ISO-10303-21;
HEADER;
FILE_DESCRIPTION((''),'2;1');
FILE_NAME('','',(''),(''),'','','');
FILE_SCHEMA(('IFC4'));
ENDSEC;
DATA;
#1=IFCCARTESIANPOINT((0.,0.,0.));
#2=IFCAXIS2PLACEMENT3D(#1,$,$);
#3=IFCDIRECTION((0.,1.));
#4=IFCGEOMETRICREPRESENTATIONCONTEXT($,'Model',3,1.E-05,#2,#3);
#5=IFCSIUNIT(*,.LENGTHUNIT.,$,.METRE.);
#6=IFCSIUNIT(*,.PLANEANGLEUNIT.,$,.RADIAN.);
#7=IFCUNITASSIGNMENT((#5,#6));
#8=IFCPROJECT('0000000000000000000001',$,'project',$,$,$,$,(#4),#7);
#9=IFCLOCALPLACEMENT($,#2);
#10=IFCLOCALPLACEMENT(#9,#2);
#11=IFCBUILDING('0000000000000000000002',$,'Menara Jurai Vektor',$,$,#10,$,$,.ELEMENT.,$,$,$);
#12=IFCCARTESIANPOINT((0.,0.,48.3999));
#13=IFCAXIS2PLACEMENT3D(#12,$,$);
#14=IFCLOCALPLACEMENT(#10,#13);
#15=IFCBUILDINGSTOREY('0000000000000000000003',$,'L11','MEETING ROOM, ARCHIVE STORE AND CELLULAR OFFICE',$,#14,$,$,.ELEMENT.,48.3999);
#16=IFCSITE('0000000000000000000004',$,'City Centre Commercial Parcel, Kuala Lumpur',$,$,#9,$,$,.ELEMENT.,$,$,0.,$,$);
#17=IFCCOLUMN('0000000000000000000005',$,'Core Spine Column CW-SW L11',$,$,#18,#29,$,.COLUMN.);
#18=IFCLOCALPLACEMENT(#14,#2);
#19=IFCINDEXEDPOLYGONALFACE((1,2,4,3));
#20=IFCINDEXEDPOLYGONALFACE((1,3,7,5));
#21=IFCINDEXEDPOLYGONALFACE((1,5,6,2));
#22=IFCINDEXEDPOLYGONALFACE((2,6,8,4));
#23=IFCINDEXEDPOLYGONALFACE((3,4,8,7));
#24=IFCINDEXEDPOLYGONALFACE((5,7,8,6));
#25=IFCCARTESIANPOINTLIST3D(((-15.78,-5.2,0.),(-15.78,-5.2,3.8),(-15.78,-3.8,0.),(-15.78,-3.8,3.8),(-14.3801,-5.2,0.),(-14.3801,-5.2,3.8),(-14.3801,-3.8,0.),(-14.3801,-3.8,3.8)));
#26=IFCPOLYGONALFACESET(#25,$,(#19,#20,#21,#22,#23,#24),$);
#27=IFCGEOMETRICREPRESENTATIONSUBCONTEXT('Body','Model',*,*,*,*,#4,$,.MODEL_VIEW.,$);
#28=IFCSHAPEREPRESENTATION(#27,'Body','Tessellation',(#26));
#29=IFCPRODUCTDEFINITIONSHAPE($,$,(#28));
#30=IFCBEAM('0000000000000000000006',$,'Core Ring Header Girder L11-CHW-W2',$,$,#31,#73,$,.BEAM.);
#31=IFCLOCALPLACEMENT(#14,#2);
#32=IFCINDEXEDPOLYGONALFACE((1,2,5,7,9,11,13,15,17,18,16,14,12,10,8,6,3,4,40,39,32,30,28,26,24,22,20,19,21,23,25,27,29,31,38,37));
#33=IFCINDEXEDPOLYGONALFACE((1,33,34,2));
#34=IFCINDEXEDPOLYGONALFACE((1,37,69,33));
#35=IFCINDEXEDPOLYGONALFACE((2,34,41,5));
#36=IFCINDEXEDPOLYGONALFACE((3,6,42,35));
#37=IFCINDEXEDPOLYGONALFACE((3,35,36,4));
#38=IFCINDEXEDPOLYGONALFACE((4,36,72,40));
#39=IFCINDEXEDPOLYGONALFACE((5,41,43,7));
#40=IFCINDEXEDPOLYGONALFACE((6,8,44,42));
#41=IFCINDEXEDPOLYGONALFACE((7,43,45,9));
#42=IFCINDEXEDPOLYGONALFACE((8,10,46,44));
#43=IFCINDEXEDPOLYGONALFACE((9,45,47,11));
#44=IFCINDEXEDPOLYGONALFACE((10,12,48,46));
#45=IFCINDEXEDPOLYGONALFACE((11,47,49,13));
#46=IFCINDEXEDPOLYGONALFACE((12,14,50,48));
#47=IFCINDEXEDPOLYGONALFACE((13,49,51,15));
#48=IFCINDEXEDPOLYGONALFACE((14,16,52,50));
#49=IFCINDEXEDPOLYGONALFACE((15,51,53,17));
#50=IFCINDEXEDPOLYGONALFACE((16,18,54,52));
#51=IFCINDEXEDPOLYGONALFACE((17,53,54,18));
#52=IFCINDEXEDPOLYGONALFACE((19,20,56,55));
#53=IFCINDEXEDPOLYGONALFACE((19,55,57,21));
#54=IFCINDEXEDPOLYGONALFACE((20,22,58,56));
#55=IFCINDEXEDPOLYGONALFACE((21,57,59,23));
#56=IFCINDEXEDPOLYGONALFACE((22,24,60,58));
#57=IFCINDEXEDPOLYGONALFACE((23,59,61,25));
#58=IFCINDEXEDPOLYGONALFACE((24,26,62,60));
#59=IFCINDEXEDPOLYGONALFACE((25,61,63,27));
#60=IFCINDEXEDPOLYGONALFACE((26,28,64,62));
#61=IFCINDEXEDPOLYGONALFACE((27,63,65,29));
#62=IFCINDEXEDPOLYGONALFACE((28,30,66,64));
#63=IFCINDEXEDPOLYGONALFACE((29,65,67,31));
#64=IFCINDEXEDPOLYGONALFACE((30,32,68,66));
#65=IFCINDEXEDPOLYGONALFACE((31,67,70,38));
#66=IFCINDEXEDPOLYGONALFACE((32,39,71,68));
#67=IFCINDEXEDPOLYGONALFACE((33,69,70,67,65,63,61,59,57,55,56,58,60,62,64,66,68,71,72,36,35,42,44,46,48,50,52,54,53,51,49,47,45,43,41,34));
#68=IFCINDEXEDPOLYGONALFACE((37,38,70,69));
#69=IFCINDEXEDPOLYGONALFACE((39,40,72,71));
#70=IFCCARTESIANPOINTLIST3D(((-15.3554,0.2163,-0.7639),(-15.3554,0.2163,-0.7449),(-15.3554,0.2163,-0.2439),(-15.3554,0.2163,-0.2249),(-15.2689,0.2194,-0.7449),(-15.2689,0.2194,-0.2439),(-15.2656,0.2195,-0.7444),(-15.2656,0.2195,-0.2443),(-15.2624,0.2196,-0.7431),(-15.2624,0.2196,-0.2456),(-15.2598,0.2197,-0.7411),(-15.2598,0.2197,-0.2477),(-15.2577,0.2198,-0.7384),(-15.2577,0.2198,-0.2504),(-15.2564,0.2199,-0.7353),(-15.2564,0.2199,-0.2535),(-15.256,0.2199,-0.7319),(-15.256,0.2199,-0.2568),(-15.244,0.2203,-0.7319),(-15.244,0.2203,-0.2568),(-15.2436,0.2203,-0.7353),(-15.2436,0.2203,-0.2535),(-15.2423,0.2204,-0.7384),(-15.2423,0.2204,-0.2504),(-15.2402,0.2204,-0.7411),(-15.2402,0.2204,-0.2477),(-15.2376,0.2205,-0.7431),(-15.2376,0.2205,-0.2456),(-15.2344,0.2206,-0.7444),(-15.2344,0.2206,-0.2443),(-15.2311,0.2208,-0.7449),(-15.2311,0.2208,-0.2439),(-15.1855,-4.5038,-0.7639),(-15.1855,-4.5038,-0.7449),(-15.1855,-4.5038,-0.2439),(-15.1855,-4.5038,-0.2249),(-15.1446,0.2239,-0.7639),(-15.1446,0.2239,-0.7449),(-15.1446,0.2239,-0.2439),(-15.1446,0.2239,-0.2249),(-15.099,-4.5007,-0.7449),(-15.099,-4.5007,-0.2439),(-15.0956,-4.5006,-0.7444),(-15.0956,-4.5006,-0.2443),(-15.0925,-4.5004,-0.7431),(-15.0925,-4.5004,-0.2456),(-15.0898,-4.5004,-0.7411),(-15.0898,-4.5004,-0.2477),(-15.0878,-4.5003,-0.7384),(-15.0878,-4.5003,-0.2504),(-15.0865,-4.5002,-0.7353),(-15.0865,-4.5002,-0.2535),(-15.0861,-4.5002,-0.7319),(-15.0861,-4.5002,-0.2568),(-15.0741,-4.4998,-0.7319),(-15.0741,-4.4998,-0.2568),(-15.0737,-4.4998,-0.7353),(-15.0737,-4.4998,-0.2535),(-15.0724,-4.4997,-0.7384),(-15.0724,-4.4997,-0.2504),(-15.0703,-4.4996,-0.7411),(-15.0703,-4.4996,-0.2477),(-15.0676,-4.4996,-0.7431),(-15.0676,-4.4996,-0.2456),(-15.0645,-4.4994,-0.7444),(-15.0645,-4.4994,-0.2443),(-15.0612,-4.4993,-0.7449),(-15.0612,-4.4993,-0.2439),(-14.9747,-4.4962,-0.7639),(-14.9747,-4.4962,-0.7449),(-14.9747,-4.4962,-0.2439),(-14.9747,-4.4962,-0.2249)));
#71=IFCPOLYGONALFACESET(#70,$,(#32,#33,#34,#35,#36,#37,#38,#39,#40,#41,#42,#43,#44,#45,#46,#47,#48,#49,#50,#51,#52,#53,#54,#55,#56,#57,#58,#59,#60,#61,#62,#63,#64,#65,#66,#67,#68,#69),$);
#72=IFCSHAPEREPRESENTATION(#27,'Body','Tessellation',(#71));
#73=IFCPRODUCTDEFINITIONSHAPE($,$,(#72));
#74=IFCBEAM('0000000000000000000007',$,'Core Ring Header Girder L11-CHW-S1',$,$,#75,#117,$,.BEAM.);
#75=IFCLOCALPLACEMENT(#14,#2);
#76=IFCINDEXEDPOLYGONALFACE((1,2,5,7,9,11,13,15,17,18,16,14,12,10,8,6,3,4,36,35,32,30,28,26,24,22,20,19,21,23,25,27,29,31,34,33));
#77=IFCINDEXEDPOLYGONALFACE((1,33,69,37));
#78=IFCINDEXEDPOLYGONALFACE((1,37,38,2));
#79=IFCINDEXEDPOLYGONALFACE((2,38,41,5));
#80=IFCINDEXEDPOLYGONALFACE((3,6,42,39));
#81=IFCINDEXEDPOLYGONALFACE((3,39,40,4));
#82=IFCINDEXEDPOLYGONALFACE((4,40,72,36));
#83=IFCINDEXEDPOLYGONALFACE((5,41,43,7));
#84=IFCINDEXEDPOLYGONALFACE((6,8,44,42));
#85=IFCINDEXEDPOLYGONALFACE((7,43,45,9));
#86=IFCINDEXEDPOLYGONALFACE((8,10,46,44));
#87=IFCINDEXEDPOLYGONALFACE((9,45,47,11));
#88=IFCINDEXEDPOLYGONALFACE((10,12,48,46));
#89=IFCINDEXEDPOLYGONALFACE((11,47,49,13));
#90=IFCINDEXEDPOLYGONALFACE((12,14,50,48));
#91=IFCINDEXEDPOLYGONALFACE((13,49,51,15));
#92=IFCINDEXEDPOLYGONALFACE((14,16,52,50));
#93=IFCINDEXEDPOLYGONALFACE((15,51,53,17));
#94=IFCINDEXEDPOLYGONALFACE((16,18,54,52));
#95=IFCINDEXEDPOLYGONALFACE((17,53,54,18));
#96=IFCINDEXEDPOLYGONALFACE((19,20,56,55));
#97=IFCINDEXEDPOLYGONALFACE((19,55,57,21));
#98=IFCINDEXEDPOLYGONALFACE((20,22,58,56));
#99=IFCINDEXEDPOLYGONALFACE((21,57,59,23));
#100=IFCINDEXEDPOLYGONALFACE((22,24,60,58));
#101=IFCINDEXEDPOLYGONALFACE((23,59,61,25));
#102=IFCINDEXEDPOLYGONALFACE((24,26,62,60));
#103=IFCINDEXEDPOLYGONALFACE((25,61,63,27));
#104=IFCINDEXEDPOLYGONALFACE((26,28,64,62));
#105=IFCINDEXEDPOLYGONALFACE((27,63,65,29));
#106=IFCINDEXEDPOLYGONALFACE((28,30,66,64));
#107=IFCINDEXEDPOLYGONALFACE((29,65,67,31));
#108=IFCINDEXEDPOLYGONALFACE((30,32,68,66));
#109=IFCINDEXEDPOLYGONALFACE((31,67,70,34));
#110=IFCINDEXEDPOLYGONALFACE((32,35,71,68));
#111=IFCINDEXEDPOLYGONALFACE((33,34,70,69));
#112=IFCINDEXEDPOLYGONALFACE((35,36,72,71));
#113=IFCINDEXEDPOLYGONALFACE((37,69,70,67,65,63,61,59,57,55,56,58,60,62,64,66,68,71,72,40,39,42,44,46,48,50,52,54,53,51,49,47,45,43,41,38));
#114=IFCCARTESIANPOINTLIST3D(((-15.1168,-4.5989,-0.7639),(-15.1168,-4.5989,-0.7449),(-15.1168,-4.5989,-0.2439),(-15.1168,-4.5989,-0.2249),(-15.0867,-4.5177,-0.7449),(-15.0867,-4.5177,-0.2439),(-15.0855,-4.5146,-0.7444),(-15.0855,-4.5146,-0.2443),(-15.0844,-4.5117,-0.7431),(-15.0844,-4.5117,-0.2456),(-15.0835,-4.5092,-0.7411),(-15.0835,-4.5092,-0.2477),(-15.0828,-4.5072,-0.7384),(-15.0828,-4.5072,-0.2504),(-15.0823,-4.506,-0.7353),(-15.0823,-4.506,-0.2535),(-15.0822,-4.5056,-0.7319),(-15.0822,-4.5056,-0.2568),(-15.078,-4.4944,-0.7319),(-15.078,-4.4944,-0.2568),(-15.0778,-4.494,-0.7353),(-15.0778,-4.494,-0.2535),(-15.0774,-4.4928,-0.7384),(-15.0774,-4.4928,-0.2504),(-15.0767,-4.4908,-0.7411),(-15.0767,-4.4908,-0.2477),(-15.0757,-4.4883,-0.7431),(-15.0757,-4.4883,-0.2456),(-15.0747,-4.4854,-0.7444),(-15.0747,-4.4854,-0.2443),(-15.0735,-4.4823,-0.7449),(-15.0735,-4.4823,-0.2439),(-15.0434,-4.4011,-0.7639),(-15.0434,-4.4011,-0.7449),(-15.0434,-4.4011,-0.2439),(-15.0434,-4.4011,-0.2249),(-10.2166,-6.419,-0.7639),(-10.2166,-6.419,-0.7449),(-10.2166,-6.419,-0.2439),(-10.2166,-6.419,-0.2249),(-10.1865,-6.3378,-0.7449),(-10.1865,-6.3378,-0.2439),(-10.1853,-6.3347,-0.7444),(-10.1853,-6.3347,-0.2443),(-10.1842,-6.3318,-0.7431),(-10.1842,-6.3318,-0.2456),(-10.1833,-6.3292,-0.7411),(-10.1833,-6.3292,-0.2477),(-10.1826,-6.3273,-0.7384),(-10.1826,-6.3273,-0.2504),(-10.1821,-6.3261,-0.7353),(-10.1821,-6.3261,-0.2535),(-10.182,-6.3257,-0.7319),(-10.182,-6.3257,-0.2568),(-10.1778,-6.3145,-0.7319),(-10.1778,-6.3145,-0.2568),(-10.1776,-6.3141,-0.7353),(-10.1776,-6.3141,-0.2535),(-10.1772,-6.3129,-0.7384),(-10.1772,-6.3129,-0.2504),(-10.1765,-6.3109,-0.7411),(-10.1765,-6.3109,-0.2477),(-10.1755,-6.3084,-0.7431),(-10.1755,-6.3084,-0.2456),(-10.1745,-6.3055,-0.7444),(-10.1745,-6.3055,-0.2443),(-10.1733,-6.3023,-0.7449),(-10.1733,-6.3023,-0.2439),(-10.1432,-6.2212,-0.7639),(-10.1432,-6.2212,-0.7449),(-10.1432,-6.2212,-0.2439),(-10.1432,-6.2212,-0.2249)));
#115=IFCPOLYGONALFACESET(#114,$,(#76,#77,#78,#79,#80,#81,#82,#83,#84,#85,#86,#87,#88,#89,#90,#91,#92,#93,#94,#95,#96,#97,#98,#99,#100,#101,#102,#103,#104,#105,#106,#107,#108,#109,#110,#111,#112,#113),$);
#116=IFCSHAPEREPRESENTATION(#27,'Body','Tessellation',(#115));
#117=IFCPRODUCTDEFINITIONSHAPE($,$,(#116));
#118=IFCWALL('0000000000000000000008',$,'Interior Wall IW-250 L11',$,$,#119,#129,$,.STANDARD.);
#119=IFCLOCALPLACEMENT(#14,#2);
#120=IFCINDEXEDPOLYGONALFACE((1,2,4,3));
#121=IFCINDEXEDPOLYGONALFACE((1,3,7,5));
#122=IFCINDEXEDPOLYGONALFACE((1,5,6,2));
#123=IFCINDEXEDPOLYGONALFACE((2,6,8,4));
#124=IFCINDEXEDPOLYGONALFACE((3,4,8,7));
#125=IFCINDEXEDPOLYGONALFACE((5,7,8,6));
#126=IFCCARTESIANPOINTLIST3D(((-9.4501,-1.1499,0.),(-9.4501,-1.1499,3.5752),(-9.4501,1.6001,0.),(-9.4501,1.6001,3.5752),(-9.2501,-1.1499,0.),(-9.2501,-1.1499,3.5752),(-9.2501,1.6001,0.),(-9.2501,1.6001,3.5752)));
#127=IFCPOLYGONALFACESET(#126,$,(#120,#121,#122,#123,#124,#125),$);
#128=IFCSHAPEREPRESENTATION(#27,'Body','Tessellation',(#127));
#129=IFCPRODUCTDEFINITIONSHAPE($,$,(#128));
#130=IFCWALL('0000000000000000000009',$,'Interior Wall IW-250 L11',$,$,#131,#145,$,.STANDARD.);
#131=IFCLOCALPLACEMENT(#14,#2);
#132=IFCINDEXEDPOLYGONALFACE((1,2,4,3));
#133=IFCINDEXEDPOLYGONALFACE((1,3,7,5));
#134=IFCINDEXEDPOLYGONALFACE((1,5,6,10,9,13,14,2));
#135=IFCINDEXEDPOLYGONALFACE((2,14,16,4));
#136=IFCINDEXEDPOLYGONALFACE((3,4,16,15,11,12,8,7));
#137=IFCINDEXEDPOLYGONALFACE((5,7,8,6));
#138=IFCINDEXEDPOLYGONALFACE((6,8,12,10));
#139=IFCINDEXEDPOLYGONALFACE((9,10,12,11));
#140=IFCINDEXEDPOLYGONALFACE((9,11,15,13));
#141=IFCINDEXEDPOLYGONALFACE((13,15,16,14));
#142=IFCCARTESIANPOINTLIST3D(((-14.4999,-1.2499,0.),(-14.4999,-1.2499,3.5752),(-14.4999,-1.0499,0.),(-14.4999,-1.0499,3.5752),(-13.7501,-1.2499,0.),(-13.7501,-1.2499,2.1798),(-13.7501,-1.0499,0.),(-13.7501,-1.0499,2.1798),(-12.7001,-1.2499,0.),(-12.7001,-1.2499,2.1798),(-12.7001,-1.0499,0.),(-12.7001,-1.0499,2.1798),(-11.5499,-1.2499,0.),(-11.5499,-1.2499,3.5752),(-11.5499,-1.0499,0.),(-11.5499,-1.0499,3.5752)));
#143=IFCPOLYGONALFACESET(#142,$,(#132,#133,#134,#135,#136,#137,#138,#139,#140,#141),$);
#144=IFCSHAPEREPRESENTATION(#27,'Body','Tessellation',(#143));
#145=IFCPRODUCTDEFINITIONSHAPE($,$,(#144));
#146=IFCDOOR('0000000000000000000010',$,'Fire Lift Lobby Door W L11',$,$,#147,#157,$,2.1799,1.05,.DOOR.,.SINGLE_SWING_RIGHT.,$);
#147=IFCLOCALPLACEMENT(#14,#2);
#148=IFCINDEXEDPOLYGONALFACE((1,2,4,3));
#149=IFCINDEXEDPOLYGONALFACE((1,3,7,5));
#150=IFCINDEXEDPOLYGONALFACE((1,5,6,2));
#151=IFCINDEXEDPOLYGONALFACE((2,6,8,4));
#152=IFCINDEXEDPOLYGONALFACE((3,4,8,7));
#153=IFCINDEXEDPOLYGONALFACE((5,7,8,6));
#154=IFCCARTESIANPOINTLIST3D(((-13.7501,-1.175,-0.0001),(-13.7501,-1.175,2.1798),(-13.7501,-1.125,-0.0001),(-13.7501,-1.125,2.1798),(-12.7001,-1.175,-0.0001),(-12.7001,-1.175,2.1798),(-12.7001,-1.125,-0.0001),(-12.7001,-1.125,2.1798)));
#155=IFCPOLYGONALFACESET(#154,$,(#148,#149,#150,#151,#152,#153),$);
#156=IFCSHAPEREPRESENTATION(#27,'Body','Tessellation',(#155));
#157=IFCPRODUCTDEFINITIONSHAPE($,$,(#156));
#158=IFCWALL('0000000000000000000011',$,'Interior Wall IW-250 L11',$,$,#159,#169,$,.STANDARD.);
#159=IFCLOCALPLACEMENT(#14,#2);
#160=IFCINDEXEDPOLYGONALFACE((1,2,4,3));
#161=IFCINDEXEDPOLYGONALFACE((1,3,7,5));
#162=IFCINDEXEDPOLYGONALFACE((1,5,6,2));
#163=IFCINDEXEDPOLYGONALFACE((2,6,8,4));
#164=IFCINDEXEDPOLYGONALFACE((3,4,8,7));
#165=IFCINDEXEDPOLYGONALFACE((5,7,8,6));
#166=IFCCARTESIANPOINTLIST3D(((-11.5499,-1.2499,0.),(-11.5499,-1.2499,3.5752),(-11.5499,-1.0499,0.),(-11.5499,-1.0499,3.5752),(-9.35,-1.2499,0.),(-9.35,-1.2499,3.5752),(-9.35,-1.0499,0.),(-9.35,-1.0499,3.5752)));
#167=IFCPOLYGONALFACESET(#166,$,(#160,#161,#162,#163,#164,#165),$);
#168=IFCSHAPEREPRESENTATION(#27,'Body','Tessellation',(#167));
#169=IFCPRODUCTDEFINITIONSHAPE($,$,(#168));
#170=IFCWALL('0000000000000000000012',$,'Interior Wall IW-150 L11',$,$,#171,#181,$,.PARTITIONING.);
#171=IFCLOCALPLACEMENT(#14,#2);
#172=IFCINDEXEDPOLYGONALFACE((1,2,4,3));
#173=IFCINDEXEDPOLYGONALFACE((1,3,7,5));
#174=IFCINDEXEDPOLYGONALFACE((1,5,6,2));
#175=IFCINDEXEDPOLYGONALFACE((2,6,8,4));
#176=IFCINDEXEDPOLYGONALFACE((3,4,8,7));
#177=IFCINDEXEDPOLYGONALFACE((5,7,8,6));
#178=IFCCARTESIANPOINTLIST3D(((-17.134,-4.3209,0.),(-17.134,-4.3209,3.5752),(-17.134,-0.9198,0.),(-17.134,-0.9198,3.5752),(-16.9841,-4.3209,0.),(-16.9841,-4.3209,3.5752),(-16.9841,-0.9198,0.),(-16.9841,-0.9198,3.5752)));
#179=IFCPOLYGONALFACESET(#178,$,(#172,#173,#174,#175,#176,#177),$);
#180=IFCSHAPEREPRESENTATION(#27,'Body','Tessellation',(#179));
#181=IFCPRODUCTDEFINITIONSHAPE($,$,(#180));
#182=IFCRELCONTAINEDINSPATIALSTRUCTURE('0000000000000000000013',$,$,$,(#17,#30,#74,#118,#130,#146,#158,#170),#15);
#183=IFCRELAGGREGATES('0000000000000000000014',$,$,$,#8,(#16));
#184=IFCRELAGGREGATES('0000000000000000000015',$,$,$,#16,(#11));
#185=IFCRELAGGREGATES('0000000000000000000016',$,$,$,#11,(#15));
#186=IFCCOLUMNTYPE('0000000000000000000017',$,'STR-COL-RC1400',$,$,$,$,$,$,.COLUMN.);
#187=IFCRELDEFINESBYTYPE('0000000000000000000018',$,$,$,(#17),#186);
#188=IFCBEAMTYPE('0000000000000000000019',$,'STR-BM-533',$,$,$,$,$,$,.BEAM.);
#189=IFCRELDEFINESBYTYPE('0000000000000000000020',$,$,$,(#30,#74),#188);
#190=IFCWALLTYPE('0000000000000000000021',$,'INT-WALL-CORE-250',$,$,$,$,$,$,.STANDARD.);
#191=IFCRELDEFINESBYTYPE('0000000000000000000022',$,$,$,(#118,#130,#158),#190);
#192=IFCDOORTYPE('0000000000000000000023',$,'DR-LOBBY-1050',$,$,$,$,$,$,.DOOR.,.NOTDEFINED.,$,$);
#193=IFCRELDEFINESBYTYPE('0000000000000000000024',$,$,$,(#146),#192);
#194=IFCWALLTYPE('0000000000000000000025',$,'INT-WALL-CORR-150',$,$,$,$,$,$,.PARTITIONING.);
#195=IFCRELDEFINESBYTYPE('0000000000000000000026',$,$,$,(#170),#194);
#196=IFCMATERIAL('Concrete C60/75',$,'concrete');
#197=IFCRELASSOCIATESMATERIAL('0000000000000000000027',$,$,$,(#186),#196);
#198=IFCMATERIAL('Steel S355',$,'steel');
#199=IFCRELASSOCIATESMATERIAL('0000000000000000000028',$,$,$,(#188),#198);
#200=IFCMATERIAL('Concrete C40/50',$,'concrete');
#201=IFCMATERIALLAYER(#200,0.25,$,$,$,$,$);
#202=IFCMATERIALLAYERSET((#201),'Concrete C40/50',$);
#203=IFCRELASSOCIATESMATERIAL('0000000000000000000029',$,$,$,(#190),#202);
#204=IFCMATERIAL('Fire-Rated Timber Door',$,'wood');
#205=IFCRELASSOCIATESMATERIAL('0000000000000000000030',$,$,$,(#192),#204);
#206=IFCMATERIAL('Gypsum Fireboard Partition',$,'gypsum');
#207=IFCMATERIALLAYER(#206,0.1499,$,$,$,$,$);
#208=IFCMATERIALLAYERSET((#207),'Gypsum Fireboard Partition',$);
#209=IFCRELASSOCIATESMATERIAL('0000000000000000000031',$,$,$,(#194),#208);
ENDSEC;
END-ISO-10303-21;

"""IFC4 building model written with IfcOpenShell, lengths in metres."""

from ifc_helpers import new_model, si_unit, direction, frame, frame_2d, origin, origin_2d, place, context, subcontext, project, spatial, rectangle, i_section, extrude, material, layer, layer_set, material_profile, profile_set, type_object, element, fill, save


model = new_model("IFC4")

# Units and contexts
model_context = context("Model", 3, precision=1e-05, world=origin(), true_north=direction((0.0, 1.0)))
body_context = subcontext(model_context, "Body", "Model", "MODEL_VIEW")
ifc_project = project(units=[si_unit("LENGTHUNIT", "METRE"), si_unit("PLANEANGLEUNIT", "RADIAN")], contexts=[model_context])

# Site, building, storey
site_placement = place(None, origin())
site = spatial("IfcSite", under=ifc_project, at=site_placement, Name="City Centre Commercial Parcel, Kuala Lumpur", CompositionType="ELEMENT", RefElevation=0.0)
building_placement = place(site_placement, origin())
building = spatial("IfcBuilding", under=site, at=building_placement, Name="Menara Jurai Vektor", CompositionType="ELEMENT")
storey_placement = place(building_placement, frame((0.0, 0.0, 48.3999)))
storey = spatial("IfcBuildingStorey", under=building, at=storey_placement, Name="L11", Description="MEETING ROOM, ARCHIVE STORE AND CELLULAR OFFICE", CompositionType="ELEMENT", Elevation=48.3999)

# Column
ifc_material_1 = material(Name="Concrete C60/75", Category="concrete")
ifc_material_profile_1 = material_profile(ifc_material_1, rectangle(XDim=1.3999, YDim=1.3999, at=origin_2d()), Name="RC 1400x1400")
ifc_profile_set_1 = profile_set([ifc_material_profile_1], Name="Concrete C60/75")
column_type = type_object("IfcColumnType", Name="STR-COL-RC1400", PredefinedType="COLUMN", material=ifc_profile_set_1)
column_placement = place(storey_placement, frame((-15.0801, -4.5, 0.0), z_axis=(0.0, 0.0, 1.0), x_axis=(1.0, 0.0, 0.0)))
element("IfcColumn", 1, at=column_placement, inside=storey, type_object=column_type, Name="Core Spine Column CW-SW L11", PredefinedType="COLUMN", context=body_context, shape_type="SweptSolid", body=[
    extrude(rectangle(XDim=1.3999, YDim=1.3999, at=origin_2d()), origin(), (0.0, 0.0, 1.0), 3.8),
])

# Beams
ifc_material_2 = material(Name="Steel S355", Category="steel")
ifc_material_profile_2 = material_profile(ifc_material_2, i_section(OverallWidth=0.2109, OverallDepth=0.5391, WebThickness=0.012, FlangeThickness=0.019, FilletRadius=0.0129, at=origin_2d()), Name="UKB 533x210x109")
ifc_profile_set_2 = profile_set([ifc_material_profile_2], Name="Steel S355")
beam_type = type_object("IfcBeamType", Name="STR-BM-533", PredefinedType="BEAM", material=ifc_profile_set_2)
beam_1_placement = place(storey_placement, frame((-15.0801, -4.5, -0.4944), z_axis=(-0.035977, 0.999353, 0.0), x_axis=(-0.999353, -0.035977, 0.0)))
element("IfcBeam", 2, at=beam_1_placement, inside=storey, type_object=beam_type, Name="Core Ring Header Girder L11-CHW-W2", PredefinedType="BEAM", context=body_context, shape_type="SweptSolid", body=[
    extrude(i_section(OverallWidth=0.2109, OverallDepth=0.5391, WebThickness=0.012, FlangeThickness=0.019, FilletRadius=0.0129, at=origin_2d()), origin(), (0.0, 0.0, 1.0), 4.7231),
])
beam_2_placement = place(storey_placement, frame((-15.0801, -4.5, -0.4944), z_axis=(0.937424, -0.348189, 0.0), x_axis=(0.348189, 0.937424, 0.0)))
element("IfcBeam", 3, at=beam_2_placement, inside=storey, type_object=beam_type, Name="Core Ring Header Girder L11-CHW-S1", PredefinedType="BEAM", context=body_context, shape_type="SweptSolid", body=[
    extrude(i_section(OverallWidth=0.2109, OverallDepth=0.5391, WebThickness=0.012, FlangeThickness=0.019, FilletRadius=0.0129, at=origin_2d()), origin(), (0.0, 0.0, 1.0), 5.2273),
])

# Shared definitions
ifc_material_3 = material(Name="Concrete C40/50", Category="concrete")
ifc_layer_1 = layer(ifc_material_3, 0.25)
ifc_layer_set_1 = layer_set([ifc_layer_1], Name="Concrete C40/50")
wall_type_1 = type_object("IfcWallType", Name="INT-WALL-CORE-250", PredefinedType="STANDARD", material=ifc_layer_set_1)

# Wall
wall_1_placement = place(storey_placement, frame((-9.3501, -1.1499, 0.0), z_axis=(0.0, 0.0, 1.0), x_axis=(0.0, 1.0, 0.0)))
element("IfcWall", 4, at=wall_1_placement, inside=storey, type_object=wall_type_1, Name="Interior Wall IW-250 L11", PredefinedType="STANDARD", context=body_context, shape_type="SweptSolid", body=[
    extrude(rectangle(XDim=2.75, YDim=0.2, at=frame_2d((1.375, 0.0))), origin(), (0.0, 0.0, 1.0), 3.5752),
])

# Wall, opening, door
wall_2_placement = place(storey_placement, frame((-14.5, -1.1499, 0.0), z_axis=(0.0, 0.0, 1.0), x_axis=(1.0, 0.0, 0.0)))
wall_2 = element("IfcWall", 5, at=wall_2_placement, inside=storey, type_object=wall_type_1, Name="Interior Wall IW-250 L11", PredefinedType="STANDARD", context=body_context, shape_type="SweptSolid", body=[
    extrude(rectangle(XDim=2.95, YDim=0.2, at=frame_2d((1.4751, 0.0))), origin(), (0.0, 0.0, 1.0), 3.5752),
])
opening_1_placement = place(wall_2_placement, frame((0.75, 0.0, 0.0)))
opening_1 = element("IfcOpeningElement", 6, at=opening_1_placement, cuts=wall_2, PredefinedType="OPENING", context=body_context, shape_type="SweptSolid", body=[
    extrude(rectangle(XDim=1.05, YDim=2.1799, at=frame_2d((0.5249, 1.0898))), frame((0.0, 0.1099, 0.0), z_axis=(0.0, -1.0, 0.0), x_axis=(1.0, 0.0, 0.0)), (0.0, 0.0, 1.0), 0.22),
])
ifc_material_4 = material(Name="Fire-Rated Timber Door", Category="wood")
door_type_1 = type_object("IfcDoorType", Name="DR-LOBBY-1050", OperationType="NOTDEFINED", PredefinedType="DOOR", material=ifc_material_4)
door_1_placement = place(opening_1_placement, origin())
door_1 = element("IfcDoor", 7, at=door_1_placement, inside=storey, type_object=door_type_1, Name="Fire Lift Lobby Door W L11", OperationType="SINGLE_SWING_RIGHT", OverallHeight=2.1799, OverallWidth=1.05, PredefinedType="DOOR", context=body_context, shape_type="SweptSolid", body=[
    extrude(rectangle(XDim=1.05, YDim=2.1799, at=frame_2d((0.5249, 1.0898))), frame((0.0, 0.0249, 0.0), z_axis=(0.0, -1.0, 0.0), x_axis=(1.0, 0.0, 0.0)), (0.0, 0.0, 1.0), 0.05),
])
fill(opening_1, door_1)

# Walls
wall_3_placement = place(storey_placement, frame((-11.55, -1.1499, 0.0), z_axis=(0.0, 0.0, 1.0), x_axis=(1.0, 0.0, 0.0)))
element("IfcWall", 8, at=wall_3_placement, inside=storey, type_object=wall_type_1, Name="Interior Wall IW-250 L11", PredefinedType="STANDARD", context=body_context, shape_type="SweptSolid", body=[
    extrude(rectangle(XDim=2.2, YDim=0.2, at=frame_2d((1.1001, 0.0))), origin(), (0.0, 0.0, 1.0), 3.5752),
])
ifc_material_5 = material(Name="Gypsum Fireboard Partition", Category="gypsum")
ifc_layer_2 = layer(ifc_material_5, 0.1499)
ifc_layer_set_2 = layer_set([ifc_layer_2], Name="Gypsum Fireboard Partition")
wall_type_2 = type_object("IfcWallType", Name="INT-WALL-CORR-150", PredefinedType="PARTITIONING", material=ifc_layer_set_2)
wall_4_placement = place(storey_placement, frame((-17.0591, -4.321, 0.0), z_axis=(0.0, 0.0, 1.0), x_axis=(0.0, 1.0, 0.0)))
element("IfcWall", 9, at=wall_4_placement, inside=storey, type_object=wall_type_2, Name="Interior Wall IW-150 L11", PredefinedType="PARTITIONING", context=body_context, shape_type="SweptSolid", body=[
    extrude(rectangle(XDim=3.4011, YDim=0.1499, at=frame_2d((1.7007, 0.0))), origin(), (0.0, 0.0, 1.0), 3.5752),
])

save(model, "model.ifc")
